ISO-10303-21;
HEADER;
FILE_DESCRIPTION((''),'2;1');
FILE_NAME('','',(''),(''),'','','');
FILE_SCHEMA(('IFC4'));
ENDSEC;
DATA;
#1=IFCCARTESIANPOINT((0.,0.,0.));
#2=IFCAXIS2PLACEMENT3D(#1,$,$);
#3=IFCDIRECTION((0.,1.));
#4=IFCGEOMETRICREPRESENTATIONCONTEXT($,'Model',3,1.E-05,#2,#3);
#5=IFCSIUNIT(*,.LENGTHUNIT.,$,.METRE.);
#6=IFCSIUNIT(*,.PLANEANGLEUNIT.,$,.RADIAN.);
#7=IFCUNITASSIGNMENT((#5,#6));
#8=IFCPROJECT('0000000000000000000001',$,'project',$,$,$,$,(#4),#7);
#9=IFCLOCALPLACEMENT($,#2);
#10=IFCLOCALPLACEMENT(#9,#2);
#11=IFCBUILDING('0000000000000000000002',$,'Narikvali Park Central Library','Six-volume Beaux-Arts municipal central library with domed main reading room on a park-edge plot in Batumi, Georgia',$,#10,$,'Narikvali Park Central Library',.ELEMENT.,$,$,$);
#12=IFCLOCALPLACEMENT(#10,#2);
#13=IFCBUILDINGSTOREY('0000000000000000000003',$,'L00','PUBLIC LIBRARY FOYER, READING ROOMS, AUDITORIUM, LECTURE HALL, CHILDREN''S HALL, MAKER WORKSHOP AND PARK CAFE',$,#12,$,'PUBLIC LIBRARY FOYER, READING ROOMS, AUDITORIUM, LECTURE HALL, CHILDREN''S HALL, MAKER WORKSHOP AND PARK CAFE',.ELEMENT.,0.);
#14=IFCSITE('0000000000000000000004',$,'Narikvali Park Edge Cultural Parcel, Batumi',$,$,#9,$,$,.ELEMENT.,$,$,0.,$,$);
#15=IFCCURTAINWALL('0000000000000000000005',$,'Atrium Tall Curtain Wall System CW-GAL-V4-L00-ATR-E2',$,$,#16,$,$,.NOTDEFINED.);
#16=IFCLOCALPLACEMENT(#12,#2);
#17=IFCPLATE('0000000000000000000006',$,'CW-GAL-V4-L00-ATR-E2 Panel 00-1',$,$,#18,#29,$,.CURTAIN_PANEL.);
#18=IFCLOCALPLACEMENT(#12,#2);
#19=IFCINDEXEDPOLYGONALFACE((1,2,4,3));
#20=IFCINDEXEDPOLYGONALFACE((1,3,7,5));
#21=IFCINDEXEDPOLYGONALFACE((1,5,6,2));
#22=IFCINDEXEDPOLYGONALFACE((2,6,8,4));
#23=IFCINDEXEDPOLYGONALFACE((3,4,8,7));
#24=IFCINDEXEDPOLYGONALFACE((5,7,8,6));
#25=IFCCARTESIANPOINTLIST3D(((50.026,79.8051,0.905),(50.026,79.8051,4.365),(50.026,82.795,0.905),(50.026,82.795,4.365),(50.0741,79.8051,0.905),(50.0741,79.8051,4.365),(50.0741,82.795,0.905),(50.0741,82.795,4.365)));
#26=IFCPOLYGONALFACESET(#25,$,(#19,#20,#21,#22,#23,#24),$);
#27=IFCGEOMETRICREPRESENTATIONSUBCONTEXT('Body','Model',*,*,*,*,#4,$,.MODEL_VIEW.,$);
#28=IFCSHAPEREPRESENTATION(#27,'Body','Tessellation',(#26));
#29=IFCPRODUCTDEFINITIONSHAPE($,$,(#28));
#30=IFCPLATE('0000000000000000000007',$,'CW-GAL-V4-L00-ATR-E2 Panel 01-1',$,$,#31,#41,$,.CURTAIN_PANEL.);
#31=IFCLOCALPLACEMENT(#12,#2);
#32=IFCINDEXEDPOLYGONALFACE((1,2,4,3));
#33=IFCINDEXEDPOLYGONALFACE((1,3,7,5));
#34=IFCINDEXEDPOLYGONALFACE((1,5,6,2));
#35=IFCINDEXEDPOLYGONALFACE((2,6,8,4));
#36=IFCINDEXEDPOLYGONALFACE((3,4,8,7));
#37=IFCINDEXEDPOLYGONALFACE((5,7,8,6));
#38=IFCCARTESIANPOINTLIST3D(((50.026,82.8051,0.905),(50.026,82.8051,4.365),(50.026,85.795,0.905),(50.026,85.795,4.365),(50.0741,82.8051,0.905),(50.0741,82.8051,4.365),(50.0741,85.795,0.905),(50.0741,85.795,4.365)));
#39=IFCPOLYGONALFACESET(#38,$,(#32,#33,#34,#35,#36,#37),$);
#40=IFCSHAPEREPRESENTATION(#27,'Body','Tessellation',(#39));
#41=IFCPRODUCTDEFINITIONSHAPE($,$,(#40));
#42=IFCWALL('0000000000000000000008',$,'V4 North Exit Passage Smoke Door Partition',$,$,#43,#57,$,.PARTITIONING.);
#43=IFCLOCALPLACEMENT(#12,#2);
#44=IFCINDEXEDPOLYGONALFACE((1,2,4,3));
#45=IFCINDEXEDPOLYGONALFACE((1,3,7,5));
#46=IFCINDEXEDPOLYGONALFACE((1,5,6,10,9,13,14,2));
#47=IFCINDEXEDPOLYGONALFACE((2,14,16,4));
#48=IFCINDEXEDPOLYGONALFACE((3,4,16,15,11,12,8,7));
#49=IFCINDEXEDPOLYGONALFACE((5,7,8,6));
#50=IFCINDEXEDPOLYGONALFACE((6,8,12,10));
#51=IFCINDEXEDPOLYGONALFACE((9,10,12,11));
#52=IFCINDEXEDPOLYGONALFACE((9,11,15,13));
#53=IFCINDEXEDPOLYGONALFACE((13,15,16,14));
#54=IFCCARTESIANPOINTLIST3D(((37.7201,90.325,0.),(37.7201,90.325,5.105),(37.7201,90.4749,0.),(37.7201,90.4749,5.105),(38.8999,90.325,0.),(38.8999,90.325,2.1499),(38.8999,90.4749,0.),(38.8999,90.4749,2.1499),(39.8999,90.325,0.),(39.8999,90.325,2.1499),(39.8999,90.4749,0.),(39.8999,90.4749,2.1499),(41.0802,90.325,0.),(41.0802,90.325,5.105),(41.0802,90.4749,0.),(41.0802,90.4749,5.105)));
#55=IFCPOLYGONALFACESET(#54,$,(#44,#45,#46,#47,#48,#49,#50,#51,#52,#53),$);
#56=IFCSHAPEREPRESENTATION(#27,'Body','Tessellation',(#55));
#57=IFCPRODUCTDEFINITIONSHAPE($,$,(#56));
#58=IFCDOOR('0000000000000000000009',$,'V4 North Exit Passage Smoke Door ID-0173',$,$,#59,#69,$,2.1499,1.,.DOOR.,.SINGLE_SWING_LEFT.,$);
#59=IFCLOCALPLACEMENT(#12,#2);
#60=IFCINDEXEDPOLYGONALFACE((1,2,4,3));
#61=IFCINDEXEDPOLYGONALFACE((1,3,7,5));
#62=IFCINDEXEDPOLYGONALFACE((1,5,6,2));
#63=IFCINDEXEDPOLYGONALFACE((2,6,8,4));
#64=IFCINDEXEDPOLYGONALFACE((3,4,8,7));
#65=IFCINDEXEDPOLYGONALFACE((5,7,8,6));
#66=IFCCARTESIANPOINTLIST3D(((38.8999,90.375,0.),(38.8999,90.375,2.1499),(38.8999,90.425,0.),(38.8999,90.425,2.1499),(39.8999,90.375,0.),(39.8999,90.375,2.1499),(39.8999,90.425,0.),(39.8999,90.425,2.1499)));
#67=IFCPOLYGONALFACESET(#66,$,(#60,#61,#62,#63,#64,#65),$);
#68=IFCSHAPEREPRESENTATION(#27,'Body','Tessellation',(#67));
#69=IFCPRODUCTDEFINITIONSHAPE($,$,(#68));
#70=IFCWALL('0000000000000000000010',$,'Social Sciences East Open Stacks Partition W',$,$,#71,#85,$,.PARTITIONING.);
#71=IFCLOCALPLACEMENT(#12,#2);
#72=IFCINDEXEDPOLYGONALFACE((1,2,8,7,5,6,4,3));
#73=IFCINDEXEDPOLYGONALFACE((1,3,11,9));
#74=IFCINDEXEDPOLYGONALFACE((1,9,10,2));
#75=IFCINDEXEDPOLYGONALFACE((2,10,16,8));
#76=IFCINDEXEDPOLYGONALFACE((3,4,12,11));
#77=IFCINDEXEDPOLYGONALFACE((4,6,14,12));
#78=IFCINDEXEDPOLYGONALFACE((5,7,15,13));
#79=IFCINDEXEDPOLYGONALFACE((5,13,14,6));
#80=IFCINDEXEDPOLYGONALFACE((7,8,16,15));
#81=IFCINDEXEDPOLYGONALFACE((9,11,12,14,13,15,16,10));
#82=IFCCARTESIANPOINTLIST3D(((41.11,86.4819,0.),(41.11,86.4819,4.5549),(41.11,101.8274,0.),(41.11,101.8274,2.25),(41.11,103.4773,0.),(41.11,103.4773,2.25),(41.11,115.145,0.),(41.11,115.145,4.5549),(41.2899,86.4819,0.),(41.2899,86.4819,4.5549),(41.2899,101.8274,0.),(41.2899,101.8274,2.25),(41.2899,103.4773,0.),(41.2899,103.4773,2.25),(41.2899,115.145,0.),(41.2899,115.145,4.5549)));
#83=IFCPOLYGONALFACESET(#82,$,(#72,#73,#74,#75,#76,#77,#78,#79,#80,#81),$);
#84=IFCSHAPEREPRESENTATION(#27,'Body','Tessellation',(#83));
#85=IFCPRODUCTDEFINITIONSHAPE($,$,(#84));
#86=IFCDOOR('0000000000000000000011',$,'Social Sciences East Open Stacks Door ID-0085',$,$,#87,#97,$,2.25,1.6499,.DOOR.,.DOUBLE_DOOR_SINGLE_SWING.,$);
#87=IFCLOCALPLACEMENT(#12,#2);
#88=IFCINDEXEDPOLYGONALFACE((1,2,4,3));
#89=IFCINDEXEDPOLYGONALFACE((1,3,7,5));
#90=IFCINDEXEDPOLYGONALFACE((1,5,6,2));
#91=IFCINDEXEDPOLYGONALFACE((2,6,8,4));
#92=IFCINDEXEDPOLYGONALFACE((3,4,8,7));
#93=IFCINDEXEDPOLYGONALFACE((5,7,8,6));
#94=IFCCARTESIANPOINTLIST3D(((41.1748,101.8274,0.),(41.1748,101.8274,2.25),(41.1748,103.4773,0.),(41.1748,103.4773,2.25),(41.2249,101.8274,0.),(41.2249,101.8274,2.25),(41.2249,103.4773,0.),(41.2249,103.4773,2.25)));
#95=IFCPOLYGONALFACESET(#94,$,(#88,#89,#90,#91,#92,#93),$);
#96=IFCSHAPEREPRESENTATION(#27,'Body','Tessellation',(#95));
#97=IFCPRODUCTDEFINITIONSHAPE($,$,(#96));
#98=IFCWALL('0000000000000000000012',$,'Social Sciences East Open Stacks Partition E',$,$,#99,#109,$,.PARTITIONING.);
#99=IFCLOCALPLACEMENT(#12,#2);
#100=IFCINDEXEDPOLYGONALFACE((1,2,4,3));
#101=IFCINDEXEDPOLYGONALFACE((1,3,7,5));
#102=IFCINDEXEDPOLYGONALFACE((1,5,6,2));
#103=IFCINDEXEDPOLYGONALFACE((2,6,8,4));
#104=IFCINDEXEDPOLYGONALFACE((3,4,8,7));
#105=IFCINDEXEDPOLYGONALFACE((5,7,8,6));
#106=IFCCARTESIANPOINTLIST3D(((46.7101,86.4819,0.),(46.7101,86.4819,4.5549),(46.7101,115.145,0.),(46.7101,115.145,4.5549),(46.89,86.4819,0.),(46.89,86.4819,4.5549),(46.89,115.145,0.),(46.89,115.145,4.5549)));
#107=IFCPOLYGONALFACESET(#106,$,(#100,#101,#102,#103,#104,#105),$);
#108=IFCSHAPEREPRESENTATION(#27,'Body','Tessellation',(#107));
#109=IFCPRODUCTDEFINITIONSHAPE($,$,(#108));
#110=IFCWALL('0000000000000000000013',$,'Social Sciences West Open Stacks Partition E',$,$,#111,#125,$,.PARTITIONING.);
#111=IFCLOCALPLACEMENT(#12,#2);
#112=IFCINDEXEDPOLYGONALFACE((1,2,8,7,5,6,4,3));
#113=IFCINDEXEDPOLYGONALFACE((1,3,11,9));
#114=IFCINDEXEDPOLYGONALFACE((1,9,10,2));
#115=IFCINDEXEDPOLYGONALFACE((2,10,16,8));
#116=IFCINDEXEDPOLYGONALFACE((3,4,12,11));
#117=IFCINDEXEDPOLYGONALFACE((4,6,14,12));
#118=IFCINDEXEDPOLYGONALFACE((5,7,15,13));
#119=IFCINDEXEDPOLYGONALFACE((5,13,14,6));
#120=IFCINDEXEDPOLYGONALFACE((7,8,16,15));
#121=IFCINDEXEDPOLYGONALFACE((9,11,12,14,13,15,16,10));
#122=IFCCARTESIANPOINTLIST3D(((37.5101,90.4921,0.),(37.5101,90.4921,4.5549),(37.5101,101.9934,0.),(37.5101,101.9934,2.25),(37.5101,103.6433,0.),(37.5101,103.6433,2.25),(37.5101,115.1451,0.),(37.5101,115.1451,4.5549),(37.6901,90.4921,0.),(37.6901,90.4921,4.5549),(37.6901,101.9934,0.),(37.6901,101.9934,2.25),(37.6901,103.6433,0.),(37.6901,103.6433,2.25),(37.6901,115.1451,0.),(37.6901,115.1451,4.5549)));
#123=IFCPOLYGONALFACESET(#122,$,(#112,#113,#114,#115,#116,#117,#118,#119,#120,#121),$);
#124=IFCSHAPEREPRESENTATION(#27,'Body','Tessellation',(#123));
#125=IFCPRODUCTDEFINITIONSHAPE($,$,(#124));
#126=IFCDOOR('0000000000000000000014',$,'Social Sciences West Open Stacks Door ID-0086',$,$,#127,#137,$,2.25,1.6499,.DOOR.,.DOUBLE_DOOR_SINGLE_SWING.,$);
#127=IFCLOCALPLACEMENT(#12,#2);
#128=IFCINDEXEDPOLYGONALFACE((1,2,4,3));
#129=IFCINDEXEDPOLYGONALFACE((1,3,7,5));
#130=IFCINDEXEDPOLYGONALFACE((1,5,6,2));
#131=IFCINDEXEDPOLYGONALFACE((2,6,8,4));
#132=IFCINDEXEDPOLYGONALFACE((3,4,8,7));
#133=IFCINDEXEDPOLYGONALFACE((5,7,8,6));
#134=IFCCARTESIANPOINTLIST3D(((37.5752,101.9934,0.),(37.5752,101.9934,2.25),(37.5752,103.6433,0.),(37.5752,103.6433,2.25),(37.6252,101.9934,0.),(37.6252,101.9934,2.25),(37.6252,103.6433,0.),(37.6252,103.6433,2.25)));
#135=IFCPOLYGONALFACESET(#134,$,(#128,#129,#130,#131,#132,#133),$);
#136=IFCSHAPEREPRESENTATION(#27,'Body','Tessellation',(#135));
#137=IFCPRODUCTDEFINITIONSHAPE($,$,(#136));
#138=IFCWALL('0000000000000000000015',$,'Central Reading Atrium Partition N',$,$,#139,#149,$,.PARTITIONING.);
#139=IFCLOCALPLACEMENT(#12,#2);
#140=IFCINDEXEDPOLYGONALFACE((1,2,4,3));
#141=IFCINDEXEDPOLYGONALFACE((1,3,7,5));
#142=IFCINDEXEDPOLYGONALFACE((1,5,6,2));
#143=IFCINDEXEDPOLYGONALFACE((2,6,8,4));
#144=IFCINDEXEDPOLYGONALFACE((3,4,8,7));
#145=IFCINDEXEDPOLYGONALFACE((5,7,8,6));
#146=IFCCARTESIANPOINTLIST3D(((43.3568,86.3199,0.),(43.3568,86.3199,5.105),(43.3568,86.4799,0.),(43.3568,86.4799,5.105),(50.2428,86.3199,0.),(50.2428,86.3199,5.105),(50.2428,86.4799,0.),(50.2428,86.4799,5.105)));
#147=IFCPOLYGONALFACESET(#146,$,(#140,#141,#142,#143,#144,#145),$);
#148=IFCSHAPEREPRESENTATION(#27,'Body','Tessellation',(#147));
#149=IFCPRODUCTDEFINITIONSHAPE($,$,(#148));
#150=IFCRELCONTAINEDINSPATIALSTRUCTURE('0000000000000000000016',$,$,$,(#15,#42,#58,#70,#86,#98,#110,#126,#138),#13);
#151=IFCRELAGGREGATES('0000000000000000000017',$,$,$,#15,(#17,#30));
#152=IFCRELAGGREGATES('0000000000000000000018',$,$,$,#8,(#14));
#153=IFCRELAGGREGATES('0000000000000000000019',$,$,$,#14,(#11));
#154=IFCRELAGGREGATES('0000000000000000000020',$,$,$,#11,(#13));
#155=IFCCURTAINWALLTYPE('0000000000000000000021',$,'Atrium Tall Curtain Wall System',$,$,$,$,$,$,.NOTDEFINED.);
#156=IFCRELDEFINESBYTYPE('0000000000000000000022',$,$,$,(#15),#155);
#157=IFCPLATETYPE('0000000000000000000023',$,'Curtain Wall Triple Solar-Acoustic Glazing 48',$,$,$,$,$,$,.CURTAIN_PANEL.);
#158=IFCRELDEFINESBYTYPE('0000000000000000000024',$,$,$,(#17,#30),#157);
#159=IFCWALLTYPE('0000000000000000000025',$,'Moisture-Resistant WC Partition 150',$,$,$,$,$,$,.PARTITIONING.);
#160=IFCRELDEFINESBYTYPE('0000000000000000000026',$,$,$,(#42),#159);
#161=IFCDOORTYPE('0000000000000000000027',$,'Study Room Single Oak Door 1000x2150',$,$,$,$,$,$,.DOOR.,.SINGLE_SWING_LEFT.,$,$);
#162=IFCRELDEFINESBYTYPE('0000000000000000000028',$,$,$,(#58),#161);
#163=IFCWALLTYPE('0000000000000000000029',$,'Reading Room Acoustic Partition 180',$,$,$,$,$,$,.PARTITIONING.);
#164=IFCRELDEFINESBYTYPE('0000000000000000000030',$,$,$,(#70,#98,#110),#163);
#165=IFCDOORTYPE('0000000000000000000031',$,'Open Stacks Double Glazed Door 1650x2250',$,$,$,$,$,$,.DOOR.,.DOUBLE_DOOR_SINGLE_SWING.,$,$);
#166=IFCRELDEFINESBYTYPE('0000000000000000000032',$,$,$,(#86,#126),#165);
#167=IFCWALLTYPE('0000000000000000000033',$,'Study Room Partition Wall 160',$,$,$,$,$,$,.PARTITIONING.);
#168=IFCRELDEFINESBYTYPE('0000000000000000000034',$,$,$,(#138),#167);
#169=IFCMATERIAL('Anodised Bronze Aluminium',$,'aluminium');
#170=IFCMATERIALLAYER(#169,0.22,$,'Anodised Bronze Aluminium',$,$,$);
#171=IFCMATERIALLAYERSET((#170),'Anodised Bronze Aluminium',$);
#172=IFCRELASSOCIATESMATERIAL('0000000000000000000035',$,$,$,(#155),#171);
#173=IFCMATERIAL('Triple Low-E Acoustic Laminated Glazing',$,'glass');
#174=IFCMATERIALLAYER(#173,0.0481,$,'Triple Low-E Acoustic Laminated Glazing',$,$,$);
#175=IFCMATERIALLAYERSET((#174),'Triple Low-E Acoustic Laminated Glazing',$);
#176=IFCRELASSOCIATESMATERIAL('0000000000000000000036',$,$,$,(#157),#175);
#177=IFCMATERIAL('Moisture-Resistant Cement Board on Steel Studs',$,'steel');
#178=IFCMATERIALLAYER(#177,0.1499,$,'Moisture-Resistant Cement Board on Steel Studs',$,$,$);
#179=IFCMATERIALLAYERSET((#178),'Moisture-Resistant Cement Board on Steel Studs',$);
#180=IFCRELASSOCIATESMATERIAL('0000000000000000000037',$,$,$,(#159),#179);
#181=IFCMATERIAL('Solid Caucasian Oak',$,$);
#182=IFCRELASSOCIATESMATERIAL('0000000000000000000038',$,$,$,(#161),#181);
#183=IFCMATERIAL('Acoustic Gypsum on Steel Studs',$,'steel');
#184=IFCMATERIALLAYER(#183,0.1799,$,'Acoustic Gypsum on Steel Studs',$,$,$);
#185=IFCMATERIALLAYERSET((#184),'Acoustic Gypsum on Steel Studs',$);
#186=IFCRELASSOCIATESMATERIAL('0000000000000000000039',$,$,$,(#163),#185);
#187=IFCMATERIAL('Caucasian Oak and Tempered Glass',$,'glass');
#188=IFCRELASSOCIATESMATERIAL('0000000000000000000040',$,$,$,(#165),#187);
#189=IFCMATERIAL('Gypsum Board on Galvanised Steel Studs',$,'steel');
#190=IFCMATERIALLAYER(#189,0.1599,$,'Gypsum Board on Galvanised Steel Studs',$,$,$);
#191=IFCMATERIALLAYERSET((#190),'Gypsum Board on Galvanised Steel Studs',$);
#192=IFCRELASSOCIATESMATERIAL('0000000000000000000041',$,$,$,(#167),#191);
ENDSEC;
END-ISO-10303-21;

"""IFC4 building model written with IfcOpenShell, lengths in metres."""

from ifc_helpers import new_model, si_unit, direction, frame, frame_2d, origin, origin_2d, place, context, subcontext, project, spatial, rectangle, extrude, material, layer, layer_set, type_object, element, fill, aggregate, save


model = new_model("IFC4")

# Units and contexts
model_context = context("Model", 3, precision=1e-05, world=origin(), true_north=direction((0.0, 1.0)))
body_context = subcontext(model_context, "Body", "Model", "MODEL_VIEW")
ifc_project = project(units=[si_unit("LENGTHUNIT", "METRE"), si_unit("PLANEANGLEUNIT", "RADIAN")], contexts=[model_context])

# Site, building, storey
site_placement = place(None, origin())
site = spatial("IfcSite", under=ifc_project, at=site_placement, Name="Narikvali Park Edge Cultural Parcel, Batumi", CompositionType="ELEMENT", RefElevation=0.0)
building_placement = place(site_placement, origin())
building = spatial("IfcBuilding", under=site, at=building_placement, Name="Narikvali Park Central Library", Description="Six-volume Beaux-Arts municipal central library with domed main reading room on a park-edge plot in Batumi, Georgia", LongName="Narikvali Park Central Library", CompositionType="ELEMENT")
storey_placement = place(building_placement, origin())
storey = spatial("IfcBuildingStorey", under=building, at=storey_placement, Name="L00", Description="PUBLIC LIBRARY FOYER, READING ROOMS, AUDITORIUM, LECTURE HALL, CHILDREN'S HALL, MAKER WORKSHOP AND PARK CAFE", LongName="PUBLIC LIBRARY FOYER, READING ROOMS, AUDITORIUM, LECTURE HALL, CHILDREN'S HALL, MAKER WORKSHOP AND PARK CAFE", CompositionType="ELEMENT", Elevation=0.0)

# Shared definitions
ifc_material_1 = material(Name="Anodised Bronze Aluminium", Category="aluminium")
ifc_layer_1 = layer(ifc_material_1, 0.22, Name="Anodised Bronze Aluminium")
ifc_layer_set_1 = layer_set([ifc_layer_1], Name="Anodised Bronze Aluminium")
curtain_wall_type = type_object("IfcCurtainWallType", Name="Atrium Tall Curtain Wall System", PredefinedType="NOTDEFINED", material=ifc_layer_set_1)

# Curtain wall
curtain_wall_1_placement = place(storey_placement, origin())
curtain_wall_1 = element("IfcCurtainWall", 1, at=curtain_wall_1_placement, inside=storey, type_object=curtain_wall_type, Name="Atrium Tall Curtain Wall System CW-GAL-V4-L00-ATR-E2", PredefinedType="NOTDEFINED")

# Plates
ifc_material_2 = material(Name="Triple Low-E Acoustic Laminated Glazing", Category="glass")
ifc_layer_2 = layer(ifc_material_2, 0.0481, Name="Triple Low-E Acoustic Laminated Glazing")
ifc_layer_set_2 = layer_set([ifc_layer_2], Name="Triple Low-E Acoustic Laminated Glazing")
plate_type_1 = type_object("IfcPlateType", Name="Curtain Wall Triple Solar-Acoustic Glazing 48", PredefinedType="CURTAIN_PANEL", material=ifc_layer_set_2)
plate_1_placement = place(storey_placement, frame((50.05, 81.3, 0.905), z_axis=(0.0, 0.0, 1.0), x_axis=(0.0, 1.0, 0.0)))
plate_1 = element("IfcPlate", 2, at=plate_1_placement, type_object=plate_type_1, Name="CW-GAL-V4-L00-ATR-E2 Panel 00-1", PredefinedType="CURTAIN_PANEL", context=body_context, shape_type="SweptSolid", body=[
    extrude(rectangle(XDim=2.99, YDim=0.0481, at=origin_2d()), origin(), (0.0, 0.0, 1.0), 3.46),
])
plate_2_placement = place(storey_placement, frame((50.05, 84.3, 0.905), z_axis=(0.0, 0.0, 1.0), x_axis=(0.0, 1.0, 0.0)))
plate_2 = element("IfcPlate", 3, at=plate_2_placement, type_object=plate_type_1, Name="CW-GAL-V4-L00-ATR-E2 Panel 01-1", PredefinedType="CURTAIN_PANEL", context=body_context, shape_type="SweptSolid", body=[
    extrude(rectangle(XDim=2.99, YDim=0.0481, at=origin_2d()), origin(), (0.0, 0.0, 1.0), 3.46),
])
aggregate(curtain_wall_1, [plate_1, plate_2])

# Walls, openings, doors
ifc_material_3 = material(Name="Moisture-Resistant Cement Board on Steel Studs", Category="steel")
ifc_layer_3 = layer(ifc_material_3, 0.1499, Name="Moisture-Resistant Cement Board on Steel Studs")
ifc_layer_set_3 = layer_set([ifc_layer_3], Name="Moisture-Resistant Cement Board on Steel Studs")
wall_type_1 = type_object("IfcWallType", Name="Moisture-Resistant WC Partition 150", PredefinedType="PARTITIONING", material=ifc_layer_set_3)
wall_1_placement = place(storey_placement, frame((37.72, 90.3999, 0.0), z_axis=(0.0, 0.0, 1.0), x_axis=(1.0, 0.0, 0.0)))
wall_1 = element("IfcWall", 4, at=wall_1_placement, inside=storey, type_object=wall_type_1, Name="V4 North Exit Passage Smoke Door Partition", PredefinedType="PARTITIONING", context=body_context, shape_type="SweptSolid", body=[
    extrude(rectangle(XDim=3.3601, YDim=0.1499, at=frame_2d((1.6802, 0.0))), origin(), (0.0, 0.0, 1.0), 5.105),
])
opening_1_placement = place(wall_1_placement, frame((1.1799, 0.0, 0.0)))
opening_1 = element("IfcOpeningElement", 5, at=opening_1_placement, cuts=wall_1, PredefinedType="OPENING", context=body_context, shape_type="SweptSolid", body=[
    extrude(rectangle(XDim=1.0, YDim=2.1499, at=frame_2d((0.5, 1.075))), frame((0.0, 0.0869, 0.0), z_axis=(0.0, -1.0, 0.0), x_axis=(1.0, 0.0, 0.0)), (0.0, 0.0, 1.0), 0.1738),
])
ifc_material_4 = material(Name="Solid Caucasian Oak")
door_type_1 = type_object("IfcDoorType", Name="Study Room Single Oak Door 1000x2150", OperationType="SINGLE_SWING_LEFT", PredefinedType="DOOR", material=ifc_material_4)
door_1_placement = place(opening_1_placement, frame((1.0, 0.0, 0.0), z_axis=(0.0, 0.0, 1.0), x_axis=(-1.0, 0.0, 0.0)))
door_1 = element("IfcDoor", 6, at=door_1_placement, inside=storey, type_object=door_type_1, Name="V4 North Exit Passage Smoke Door ID-0173", OperationType="SINGLE_SWING_LEFT", OverallHeight=2.1499, OverallWidth=1.0, PredefinedType="DOOR", context=body_context, shape_type="SweptSolid", body=[
    extrude(rectangle(XDim=1.0, YDim=2.1499, at=frame_2d((0.5, 1.075))), frame((0.0, 0.0249, 0.0), z_axis=(0.0, -1.0, 0.0), x_axis=(1.0, 0.0, 0.0)), (0.0, 0.0, 1.0), 0.05),
])
fill(opening_1, door_1)
ifc_material_5 = material(Name="Acoustic Gypsum on Steel Studs", Category="steel")
ifc_layer_4 = layer(ifc_material_5, 0.1799, Name="Acoustic Gypsum on Steel Studs")
ifc_layer_set_4 = layer_set([ifc_layer_4], Name="Acoustic Gypsum on Steel Studs")
wall_type_2 = type_object("IfcWallType", Name="Reading Room Acoustic Partition 180", PredefinedType="PARTITIONING", material=ifc_layer_set_4)
wall_2_placement = place(storey_placement, frame((41.2, 86.4819, 0.0), z_axis=(0.0, 0.0, 1.0), x_axis=(0.0, 1.0, 0.0)))
wall_2 = element("IfcWall", 7, at=wall_2_placement, inside=storey, type_object=wall_type_2, Name="Social Sciences East Open Stacks Partition W", PredefinedType="PARTITIONING", context=body_context, shape_type="SweptSolid", body=[
    extrude(rectangle(XDim=28.6631, YDim=0.1799, at=frame_2d((14.3315, 0.0))), origin(), (0.0, 0.0, 1.0), 4.5549),
])
opening_2_placement = place(wall_2_placement, frame((15.3455, 0.0, 0.0)))
opening_2 = element("IfcOpeningElement", 8, at=opening_2_placement, cuts=wall_2, PredefinedType="OPENING", context=body_context, shape_type="SweptSolid", body=[
    extrude(rectangle(XDim=1.6499, YDim=2.25, at=frame_2d((0.825, 1.125))), frame((0.0, 0.1021, 0.0), z_axis=(0.0, -1.0, 0.0), x_axis=(1.0, 0.0, 0.0)), (0.0, 0.0, 1.0), 0.2039),
])
ifc_material_6 = material(Name="Caucasian Oak and Tempered Glass", Category="glass")
door_type_2 = type_object("IfcDoorType", Name="Open Stacks Double Glazed Door 1650x2250", OperationType="DOUBLE_DOOR_SINGLE_SWING", PredefinedType="DOOR", material=ifc_material_6)
door_2_placement = place(opening_2_placement, frame((1.6499, 0.0, 0.0), z_axis=(0.0, 0.0, 1.0), x_axis=(-1.0, 0.0, 0.0)))
door_2 = element("IfcDoor", 9, at=door_2_placement, inside=storey, type_object=door_type_2, Name="Social Sciences East Open Stacks Door ID-0085", OperationType="DOUBLE_DOOR_SINGLE_SWING", OverallHeight=2.25, OverallWidth=1.6499, PredefinedType="DOOR", context=body_context, shape_type="SweptSolid", body=[
    extrude(rectangle(XDim=1.6499, YDim=2.25, at=frame_2d((0.825, 1.125))), frame((0.0, 0.0249, 0.0), z_axis=(0.0, -1.0, 0.0), x_axis=(1.0, 0.0, 0.0)), (0.0, 0.0, 1.0), 0.05),
])
fill(opening_2, door_2)

# Wall
wall_3_placement = place(storey_placement, frame((46.8, 86.4819, 0.0), z_axis=(0.0, 0.0, 1.0), x_axis=(0.0, 1.0, 0.0)))
element("IfcWall", 10, at=wall_3_placement, inside=storey, type_object=wall_type_2, Name="Social Sciences East Open Stacks Partition E", PredefinedType="PARTITIONING", context=body_context, shape_type="SweptSolid", body=[
    extrude(rectangle(XDim=28.6631, YDim=0.1799, at=frame_2d((14.3315, 0.0))), origin(), (0.0, 0.0, 1.0), 4.5549),
])

# Wall, opening, door
wall_4_placement = place(storey_placement, frame((37.6001, 90.4919, 0.0), z_axis=(0.0, 0.0, 1.0), x_axis=(0.0, 1.0, 0.0)))
wall_4 = element("IfcWall", 11, at=wall_4_placement, inside=storey, type_object=wall_type_2, Name="Social Sciences West Open Stacks Partition E", PredefinedType="PARTITIONING", context=body_context, shape_type="SweptSolid", body=[
    extrude(rectangle(XDim=24.6531, YDim=0.1799, at=frame_2d((12.3267, 0.0))), origin(), (0.0, 0.0, 1.0), 4.5549),
])
opening_3_placement = place(wall_4_placement, frame((11.5015, 0.0, 0.0)))
opening_3 = element("IfcOpeningElement", 12, at=opening_3_placement, cuts=wall_4, PredefinedType="OPENING", context=body_context, shape_type="SweptSolid", body=[
    extrude(rectangle(XDim=1.6499, YDim=2.25, at=frame_2d((0.825, 1.125))), frame((0.0, 0.1021, 0.0), z_axis=(0.0, -1.0, 0.0), x_axis=(1.0, 0.0, 0.0)), (0.0, 0.0, 1.0), 0.2039),
])
door_3_placement = place(opening_3_placement, origin())
door_3 = element("IfcDoor", 13, at=door_3_placement, inside=storey, type_object=door_type_2, Name="Social Sciences West Open Stacks Door ID-0086", OperationType="DOUBLE_DOOR_SINGLE_SWING", OverallHeight=2.25, OverallWidth=1.6499, PredefinedType="DOOR", context=body_context, shape_type="SweptSolid", body=[
    extrude(rectangle(XDim=1.6499, YDim=2.25, at=frame_2d((0.825, 1.125))), frame((0.0, 0.0249, 0.0), z_axis=(0.0, -1.0, 0.0), x_axis=(1.0, 0.0, 0.0)), (0.0, 0.0, 1.0), 0.05),
])
fill(opening_3, door_3)

# Wall
ifc_material_7 = material(Name="Gypsum Board on Galvanised Steel Studs", Category="steel")
ifc_layer_5 = layer(ifc_material_7, 0.1599, Name="Gypsum Board on Galvanised Steel Studs")
ifc_layer_set_5 = layer_set([ifc_layer_5], Name="Gypsum Board on Galvanised Steel Studs")
wall_type_3 = type_object("IfcWallType", Name="Study Room Partition Wall 160", PredefinedType="PARTITIONING", material=ifc_layer_set_5)
wall_5_placement = place(storey_placement, frame((43.3569, 86.3999, 0.0), z_axis=(0.0, 0.0, 1.0), x_axis=(1.0, 0.0, 0.0)))
element("IfcWall", 14, at=wall_5_placement, inside=storey, type_object=wall_type_3, Name="Central Reading Atrium Partition N", PredefinedType="PARTITIONING", context=body_context, shape_type="SweptSolid", body=[
    extrude(rectangle(XDim=6.886, YDim=0.1599, at=frame_2d((3.4429, 0.0))), origin(), (0.0, 0.0, 1.0), 5.105),
])

save(model, "model.ifc")
